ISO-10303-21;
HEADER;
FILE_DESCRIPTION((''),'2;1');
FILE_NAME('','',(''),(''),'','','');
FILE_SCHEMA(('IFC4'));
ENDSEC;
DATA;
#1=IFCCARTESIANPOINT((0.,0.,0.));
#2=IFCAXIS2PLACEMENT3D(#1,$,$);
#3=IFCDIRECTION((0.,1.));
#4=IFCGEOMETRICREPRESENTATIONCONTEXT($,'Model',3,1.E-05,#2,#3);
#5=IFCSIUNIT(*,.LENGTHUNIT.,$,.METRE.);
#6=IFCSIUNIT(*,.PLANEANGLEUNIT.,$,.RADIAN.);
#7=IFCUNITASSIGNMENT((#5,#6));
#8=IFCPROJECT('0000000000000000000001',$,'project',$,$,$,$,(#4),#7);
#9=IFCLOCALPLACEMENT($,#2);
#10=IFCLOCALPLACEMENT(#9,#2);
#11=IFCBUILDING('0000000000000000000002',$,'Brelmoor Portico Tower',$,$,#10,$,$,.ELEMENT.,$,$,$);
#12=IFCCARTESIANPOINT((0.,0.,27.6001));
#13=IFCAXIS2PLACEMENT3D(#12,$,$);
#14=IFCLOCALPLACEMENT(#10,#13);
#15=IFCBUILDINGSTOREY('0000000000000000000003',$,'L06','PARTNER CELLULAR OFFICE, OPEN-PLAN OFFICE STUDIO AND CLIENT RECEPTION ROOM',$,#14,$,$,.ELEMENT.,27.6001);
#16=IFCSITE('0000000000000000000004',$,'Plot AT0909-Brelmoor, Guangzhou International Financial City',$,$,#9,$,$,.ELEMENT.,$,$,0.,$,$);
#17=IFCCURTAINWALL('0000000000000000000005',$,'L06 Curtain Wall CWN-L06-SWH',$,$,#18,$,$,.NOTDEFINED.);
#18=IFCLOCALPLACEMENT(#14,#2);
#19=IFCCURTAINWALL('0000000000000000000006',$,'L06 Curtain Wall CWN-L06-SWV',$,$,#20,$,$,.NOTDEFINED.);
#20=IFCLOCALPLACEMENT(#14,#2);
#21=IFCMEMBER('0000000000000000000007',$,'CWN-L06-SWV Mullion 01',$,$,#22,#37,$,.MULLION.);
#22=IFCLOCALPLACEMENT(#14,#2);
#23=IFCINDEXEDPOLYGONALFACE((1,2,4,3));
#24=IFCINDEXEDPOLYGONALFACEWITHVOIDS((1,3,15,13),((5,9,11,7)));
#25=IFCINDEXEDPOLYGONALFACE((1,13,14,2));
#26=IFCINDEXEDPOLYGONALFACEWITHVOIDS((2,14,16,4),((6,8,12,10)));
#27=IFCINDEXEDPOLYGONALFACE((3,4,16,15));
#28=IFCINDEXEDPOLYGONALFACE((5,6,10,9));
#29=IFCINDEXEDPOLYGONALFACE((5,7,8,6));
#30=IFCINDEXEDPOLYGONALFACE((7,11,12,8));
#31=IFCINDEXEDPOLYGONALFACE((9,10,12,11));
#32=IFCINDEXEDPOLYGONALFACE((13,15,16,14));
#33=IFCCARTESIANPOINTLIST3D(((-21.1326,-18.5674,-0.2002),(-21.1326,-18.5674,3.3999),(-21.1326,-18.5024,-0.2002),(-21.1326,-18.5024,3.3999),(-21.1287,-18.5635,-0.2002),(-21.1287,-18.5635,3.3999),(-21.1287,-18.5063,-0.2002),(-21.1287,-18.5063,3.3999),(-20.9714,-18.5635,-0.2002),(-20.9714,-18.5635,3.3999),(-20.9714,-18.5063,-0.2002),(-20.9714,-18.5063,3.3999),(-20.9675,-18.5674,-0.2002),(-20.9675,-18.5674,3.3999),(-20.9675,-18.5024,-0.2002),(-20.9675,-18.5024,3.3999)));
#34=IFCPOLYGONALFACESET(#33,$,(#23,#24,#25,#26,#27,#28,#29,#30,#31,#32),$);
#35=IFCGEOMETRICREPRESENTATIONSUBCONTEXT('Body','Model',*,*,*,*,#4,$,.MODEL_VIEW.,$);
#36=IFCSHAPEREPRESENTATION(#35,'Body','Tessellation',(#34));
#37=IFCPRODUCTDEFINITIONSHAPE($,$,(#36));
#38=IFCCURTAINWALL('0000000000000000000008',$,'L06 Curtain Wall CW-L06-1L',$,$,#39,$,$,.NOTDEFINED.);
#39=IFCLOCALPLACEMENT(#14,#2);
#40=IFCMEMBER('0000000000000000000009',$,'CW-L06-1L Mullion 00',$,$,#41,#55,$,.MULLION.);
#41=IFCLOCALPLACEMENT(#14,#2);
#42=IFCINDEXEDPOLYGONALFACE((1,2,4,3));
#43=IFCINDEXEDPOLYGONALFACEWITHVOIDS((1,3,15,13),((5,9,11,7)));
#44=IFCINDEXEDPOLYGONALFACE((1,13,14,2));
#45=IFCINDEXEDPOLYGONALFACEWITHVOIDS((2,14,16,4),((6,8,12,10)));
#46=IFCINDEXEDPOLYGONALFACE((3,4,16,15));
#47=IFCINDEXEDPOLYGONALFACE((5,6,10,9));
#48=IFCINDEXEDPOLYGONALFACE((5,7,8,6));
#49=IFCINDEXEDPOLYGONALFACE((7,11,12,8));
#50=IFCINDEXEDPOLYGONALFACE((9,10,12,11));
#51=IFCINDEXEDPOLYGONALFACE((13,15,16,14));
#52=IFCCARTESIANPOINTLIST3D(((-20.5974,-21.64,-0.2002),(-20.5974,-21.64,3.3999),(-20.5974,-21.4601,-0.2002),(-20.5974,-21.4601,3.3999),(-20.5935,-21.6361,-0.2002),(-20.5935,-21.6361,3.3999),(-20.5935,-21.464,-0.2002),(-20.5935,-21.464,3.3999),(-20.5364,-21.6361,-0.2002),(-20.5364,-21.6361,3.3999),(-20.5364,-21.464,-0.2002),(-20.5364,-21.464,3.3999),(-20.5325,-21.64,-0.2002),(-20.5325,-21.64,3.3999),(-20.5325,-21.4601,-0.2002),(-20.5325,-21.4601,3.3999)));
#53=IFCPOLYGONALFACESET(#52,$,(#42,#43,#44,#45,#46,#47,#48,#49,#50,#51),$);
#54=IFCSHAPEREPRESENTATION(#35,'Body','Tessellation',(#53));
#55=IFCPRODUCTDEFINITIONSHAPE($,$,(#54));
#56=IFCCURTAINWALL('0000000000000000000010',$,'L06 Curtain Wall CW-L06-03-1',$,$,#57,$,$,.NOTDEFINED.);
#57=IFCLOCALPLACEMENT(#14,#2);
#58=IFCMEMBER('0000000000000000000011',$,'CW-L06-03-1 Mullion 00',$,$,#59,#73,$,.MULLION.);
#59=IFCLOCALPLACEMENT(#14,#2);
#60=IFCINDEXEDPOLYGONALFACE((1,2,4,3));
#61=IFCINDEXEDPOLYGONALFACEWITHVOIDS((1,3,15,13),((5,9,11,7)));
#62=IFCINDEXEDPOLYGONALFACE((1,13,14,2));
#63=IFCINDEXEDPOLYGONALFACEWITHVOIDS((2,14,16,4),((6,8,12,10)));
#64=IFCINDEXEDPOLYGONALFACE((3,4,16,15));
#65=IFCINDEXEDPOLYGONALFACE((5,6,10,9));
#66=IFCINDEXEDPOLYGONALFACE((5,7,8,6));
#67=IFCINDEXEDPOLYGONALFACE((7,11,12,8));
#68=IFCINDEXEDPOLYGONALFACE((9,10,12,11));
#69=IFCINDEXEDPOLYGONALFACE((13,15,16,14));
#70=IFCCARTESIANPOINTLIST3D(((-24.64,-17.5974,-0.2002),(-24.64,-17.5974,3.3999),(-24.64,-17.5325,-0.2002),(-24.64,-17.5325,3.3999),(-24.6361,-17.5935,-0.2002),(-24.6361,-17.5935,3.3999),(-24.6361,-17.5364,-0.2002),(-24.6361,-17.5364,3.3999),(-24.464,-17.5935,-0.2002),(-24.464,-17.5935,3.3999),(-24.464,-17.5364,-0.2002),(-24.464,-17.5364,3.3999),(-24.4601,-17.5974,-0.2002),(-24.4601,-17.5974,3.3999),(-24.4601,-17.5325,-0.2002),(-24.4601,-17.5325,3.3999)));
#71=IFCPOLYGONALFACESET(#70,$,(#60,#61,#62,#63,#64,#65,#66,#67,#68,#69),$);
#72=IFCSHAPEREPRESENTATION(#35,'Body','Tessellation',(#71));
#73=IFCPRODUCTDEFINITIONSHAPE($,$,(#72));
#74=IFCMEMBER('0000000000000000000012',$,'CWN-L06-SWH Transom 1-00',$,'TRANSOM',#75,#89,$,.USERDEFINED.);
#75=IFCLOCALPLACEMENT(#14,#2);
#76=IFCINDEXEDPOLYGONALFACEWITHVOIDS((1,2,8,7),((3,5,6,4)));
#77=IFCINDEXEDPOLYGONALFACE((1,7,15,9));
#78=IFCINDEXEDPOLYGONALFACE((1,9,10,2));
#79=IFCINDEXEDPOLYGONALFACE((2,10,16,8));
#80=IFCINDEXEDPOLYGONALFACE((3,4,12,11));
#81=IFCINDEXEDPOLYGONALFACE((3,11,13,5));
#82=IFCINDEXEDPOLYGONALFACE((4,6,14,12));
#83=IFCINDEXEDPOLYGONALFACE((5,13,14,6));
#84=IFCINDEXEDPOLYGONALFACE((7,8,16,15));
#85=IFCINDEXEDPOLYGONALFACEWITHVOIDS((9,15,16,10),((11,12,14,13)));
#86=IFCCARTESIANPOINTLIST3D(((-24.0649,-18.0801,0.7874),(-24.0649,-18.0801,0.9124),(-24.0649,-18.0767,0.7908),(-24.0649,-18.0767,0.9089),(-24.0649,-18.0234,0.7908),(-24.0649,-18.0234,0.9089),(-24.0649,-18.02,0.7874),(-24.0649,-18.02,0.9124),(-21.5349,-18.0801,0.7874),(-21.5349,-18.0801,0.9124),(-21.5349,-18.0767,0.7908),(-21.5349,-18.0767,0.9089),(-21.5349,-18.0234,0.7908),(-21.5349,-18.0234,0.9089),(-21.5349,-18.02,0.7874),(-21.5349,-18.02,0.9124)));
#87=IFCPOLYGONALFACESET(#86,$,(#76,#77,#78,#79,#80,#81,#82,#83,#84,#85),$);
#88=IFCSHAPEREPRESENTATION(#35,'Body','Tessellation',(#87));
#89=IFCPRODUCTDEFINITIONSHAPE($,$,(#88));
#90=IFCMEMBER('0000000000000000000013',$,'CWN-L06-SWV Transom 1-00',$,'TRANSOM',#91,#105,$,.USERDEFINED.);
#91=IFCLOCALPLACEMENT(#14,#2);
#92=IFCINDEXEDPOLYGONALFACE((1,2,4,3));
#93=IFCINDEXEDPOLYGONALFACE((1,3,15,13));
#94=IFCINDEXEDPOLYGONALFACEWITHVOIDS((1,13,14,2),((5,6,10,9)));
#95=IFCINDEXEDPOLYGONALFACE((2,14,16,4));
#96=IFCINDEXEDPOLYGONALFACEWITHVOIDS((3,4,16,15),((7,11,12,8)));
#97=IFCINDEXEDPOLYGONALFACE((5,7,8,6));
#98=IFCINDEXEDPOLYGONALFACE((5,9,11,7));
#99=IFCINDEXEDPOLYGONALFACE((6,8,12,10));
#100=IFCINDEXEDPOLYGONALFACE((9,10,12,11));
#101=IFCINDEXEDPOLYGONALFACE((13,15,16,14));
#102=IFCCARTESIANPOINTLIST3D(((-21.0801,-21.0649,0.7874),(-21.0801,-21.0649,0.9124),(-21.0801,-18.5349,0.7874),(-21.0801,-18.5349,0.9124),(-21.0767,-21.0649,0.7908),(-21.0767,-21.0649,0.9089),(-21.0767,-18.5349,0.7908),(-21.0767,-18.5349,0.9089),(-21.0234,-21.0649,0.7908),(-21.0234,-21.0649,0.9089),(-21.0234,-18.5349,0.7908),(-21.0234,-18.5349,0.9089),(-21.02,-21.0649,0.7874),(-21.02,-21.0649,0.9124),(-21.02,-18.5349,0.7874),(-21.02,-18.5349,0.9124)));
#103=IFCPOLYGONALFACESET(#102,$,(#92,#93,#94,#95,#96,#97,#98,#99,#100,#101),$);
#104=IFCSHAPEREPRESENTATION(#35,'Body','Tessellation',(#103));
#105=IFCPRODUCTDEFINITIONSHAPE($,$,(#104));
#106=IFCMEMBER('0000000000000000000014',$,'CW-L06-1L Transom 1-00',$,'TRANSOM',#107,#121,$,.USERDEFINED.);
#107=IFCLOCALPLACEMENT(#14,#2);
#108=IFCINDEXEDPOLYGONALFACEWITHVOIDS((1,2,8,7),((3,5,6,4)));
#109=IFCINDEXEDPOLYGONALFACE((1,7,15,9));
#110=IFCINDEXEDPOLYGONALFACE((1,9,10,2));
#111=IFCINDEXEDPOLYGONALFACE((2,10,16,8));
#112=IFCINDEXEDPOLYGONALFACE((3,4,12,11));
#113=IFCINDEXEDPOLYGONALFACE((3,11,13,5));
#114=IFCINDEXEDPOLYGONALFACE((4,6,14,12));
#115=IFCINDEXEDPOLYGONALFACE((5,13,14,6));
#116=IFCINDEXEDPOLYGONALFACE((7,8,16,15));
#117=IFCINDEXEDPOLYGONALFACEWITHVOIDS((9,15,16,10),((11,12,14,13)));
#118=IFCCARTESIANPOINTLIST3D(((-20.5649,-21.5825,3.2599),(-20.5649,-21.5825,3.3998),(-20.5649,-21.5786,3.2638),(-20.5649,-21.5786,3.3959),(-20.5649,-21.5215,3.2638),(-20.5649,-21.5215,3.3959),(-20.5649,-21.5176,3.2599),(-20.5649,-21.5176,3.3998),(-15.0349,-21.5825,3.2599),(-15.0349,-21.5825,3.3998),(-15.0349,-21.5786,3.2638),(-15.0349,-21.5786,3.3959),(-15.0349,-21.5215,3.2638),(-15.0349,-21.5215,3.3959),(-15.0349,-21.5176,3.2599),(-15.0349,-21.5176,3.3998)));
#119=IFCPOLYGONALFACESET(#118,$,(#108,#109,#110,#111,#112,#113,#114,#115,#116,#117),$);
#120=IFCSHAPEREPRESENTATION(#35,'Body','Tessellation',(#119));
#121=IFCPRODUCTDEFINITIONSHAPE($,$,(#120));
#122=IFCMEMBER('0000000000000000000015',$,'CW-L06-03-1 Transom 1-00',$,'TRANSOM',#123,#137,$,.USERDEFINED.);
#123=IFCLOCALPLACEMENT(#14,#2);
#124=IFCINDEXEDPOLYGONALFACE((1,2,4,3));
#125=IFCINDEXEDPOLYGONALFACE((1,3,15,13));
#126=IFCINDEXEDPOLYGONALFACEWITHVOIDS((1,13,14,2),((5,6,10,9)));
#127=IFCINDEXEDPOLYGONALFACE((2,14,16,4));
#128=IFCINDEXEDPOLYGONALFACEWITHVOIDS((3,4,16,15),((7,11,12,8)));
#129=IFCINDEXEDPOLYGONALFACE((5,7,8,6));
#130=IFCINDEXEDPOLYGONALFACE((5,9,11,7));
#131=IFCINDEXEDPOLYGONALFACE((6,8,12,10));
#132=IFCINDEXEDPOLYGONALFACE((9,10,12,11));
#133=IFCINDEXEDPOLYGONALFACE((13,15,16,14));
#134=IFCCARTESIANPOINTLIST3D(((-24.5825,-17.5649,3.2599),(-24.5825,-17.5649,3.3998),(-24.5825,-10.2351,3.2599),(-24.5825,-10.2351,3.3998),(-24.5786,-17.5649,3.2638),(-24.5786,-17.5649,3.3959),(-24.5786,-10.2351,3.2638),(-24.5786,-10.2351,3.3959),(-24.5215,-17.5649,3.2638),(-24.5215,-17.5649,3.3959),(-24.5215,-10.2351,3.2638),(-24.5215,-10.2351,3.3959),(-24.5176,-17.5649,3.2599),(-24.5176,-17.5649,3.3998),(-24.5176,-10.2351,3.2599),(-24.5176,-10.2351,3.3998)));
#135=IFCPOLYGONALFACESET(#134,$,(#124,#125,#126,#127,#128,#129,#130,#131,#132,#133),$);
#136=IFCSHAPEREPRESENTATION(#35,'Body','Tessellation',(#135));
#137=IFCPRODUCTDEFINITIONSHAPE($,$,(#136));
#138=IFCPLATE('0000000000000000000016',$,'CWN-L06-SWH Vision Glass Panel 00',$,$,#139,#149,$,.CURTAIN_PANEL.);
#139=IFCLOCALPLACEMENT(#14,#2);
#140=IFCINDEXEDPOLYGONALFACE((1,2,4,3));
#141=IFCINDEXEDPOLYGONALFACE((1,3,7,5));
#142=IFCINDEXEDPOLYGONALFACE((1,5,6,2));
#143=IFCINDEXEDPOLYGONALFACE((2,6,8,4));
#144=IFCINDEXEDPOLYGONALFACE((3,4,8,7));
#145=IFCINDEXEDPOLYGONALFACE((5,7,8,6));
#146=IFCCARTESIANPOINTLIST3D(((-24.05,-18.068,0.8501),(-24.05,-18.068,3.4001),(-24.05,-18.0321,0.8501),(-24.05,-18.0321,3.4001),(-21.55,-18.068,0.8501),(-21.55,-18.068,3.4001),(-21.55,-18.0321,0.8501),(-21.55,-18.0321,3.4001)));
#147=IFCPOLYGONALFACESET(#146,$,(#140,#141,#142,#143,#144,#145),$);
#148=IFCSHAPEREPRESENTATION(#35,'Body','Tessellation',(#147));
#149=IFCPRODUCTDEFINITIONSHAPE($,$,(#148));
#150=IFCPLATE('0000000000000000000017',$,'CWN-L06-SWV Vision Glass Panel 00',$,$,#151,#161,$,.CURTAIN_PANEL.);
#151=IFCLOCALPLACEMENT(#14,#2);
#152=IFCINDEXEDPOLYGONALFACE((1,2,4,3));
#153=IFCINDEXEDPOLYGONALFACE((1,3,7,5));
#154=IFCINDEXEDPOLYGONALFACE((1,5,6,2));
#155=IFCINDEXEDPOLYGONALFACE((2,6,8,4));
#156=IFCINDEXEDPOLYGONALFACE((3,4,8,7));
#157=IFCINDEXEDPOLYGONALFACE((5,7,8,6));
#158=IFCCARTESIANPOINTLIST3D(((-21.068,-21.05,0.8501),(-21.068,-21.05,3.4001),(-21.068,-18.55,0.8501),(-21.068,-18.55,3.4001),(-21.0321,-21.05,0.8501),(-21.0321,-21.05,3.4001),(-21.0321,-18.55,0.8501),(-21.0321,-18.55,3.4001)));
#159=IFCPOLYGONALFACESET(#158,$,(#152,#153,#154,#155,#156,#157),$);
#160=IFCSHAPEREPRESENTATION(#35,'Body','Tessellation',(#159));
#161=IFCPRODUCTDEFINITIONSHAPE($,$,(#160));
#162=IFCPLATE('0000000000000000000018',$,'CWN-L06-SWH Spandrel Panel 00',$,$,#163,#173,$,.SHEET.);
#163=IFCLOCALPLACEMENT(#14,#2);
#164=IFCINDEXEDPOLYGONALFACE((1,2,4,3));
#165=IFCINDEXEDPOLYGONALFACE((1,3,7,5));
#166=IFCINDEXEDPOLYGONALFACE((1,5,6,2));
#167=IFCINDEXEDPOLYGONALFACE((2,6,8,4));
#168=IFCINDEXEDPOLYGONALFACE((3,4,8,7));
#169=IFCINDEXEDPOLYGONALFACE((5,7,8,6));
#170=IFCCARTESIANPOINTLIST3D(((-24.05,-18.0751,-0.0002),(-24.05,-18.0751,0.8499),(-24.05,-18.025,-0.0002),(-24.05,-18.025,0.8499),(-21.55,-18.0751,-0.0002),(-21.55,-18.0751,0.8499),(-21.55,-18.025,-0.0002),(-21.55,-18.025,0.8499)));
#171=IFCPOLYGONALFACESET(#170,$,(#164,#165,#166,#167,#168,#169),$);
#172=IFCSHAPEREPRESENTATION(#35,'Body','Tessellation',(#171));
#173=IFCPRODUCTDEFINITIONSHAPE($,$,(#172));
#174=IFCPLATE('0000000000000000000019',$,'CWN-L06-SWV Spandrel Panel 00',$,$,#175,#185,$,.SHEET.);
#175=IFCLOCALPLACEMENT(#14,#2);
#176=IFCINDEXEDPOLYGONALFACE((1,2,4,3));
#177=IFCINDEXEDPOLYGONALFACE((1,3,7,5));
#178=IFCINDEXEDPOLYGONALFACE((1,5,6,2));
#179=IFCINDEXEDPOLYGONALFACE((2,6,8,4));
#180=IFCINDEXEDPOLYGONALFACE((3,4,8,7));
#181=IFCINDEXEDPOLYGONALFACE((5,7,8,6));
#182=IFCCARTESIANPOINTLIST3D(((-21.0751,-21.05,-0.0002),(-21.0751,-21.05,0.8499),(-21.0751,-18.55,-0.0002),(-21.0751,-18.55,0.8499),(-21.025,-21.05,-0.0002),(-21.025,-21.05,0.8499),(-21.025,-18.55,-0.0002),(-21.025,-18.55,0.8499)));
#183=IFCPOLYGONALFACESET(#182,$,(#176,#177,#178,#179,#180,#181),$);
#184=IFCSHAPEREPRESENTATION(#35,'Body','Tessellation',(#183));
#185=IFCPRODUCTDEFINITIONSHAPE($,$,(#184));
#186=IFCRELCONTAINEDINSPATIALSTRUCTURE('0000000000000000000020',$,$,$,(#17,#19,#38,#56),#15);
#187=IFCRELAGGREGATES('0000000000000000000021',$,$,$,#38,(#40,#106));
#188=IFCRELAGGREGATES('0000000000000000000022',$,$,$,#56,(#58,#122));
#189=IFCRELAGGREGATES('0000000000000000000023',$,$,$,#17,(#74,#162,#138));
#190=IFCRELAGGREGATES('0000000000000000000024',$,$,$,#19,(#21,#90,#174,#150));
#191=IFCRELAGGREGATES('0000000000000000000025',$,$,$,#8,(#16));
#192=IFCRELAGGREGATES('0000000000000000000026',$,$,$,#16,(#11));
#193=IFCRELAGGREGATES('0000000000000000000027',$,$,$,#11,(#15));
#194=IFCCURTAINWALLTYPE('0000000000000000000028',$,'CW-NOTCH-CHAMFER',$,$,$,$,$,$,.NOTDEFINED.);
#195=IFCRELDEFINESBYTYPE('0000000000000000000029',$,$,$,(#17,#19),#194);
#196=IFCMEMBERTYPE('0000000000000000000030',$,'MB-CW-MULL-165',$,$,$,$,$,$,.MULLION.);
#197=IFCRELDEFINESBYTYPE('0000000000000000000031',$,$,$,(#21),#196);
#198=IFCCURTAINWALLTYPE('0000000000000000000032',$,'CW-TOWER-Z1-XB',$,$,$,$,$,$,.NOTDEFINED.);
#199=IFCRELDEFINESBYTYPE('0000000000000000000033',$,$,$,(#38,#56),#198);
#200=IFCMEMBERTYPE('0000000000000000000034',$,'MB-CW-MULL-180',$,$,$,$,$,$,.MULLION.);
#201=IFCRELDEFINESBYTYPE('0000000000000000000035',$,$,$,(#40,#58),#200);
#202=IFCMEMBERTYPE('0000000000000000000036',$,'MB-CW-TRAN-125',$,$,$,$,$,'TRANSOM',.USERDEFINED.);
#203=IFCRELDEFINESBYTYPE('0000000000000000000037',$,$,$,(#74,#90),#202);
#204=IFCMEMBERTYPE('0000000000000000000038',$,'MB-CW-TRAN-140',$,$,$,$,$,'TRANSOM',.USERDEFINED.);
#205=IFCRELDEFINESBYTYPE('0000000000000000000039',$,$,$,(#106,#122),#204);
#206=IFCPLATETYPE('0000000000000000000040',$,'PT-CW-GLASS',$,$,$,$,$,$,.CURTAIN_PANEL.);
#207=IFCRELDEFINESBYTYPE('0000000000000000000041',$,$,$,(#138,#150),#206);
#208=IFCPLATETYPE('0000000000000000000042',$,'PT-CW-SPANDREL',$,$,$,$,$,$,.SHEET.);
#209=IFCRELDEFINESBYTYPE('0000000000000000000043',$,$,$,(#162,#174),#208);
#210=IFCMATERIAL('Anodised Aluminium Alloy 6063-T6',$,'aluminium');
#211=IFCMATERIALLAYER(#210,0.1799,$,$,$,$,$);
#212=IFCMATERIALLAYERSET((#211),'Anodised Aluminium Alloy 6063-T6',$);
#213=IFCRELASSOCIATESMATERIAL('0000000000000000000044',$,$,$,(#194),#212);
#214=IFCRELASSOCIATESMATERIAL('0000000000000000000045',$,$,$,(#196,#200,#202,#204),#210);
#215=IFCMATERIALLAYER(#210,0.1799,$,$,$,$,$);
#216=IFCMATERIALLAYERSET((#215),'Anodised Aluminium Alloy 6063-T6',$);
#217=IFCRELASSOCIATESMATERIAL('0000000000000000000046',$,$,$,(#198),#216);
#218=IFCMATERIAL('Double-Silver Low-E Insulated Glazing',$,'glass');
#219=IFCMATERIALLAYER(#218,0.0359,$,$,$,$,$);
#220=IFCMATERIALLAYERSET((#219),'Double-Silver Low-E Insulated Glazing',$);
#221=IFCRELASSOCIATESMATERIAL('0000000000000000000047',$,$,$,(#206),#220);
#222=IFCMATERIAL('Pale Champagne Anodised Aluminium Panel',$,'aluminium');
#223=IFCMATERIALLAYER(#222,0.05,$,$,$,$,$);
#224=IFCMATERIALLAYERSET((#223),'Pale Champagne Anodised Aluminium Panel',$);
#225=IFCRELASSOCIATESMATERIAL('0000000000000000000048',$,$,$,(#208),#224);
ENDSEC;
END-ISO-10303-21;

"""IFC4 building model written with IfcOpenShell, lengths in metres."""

from ifc_helpers import new_model, si_unit, direction, frame, origin, origin_2d, place, context, subcontext, project, spatial, rectangle, hollow_rectangle, extrude, material, layer, layer_set, material_profile, profile_set, type_object, element, aggregate, save


model = new_model("IFC4")

# Units and contexts
model_context = context("Model", 3, precision=1e-05, world=origin(), true_north=direction((0.0, 1.0)))
body_context = subcontext(model_context, "Body", "Model", "MODEL_VIEW")
ifc_project = project(units=[si_unit("LENGTHUNIT", "METRE"), si_unit("PLANEANGLEUNIT", "RADIAN")], contexts=[model_context])

# Site, building, storey
site_placement = place(None, origin())
site = spatial("IfcSite", under=ifc_project, at=site_placement, Name="Plot AT0909-Brelmoor, Guangzhou International Financial City", CompositionType="ELEMENT", RefElevation=0.0)
building_placement = place(site_placement, origin())
building = spatial("IfcBuilding", under=site, at=building_placement, Name="Brelmoor Portico Tower", CompositionType="ELEMENT")
storey_placement = place(building_placement, frame((0.0, 0.0, 27.6001)))
storey = spatial("IfcBuildingStorey", under=building, at=storey_placement, Name="L06", Description="PARTNER CELLULAR OFFICE, OPEN-PLAN OFFICE STUDIO AND CLIENT RECEPTION ROOM", CompositionType="ELEMENT", Elevation=27.6001)

# Curtain walls, member
ifc_material_1 = material(Name="Anodised Aluminium Alloy 6063-T6", Category="aluminium")
ifc_layer_1 = layer(ifc_material_1, 0.1799)
ifc_layer_set_1 = layer_set([ifc_layer_1], Name="Anodised Aluminium Alloy 6063-T6")
curtain_wall_type_1 = type_object("IfcCurtainWallType", Name="CW-NOTCH-CHAMFER", PredefinedType="NOTDEFINED", material=ifc_layer_set_1)
curtain_wall_1_placement = place(storey_placement, origin())
curtain_wall_1 = element("IfcCurtainWall", 1, at=curtain_wall_1_placement, inside=storey, type_object=curtain_wall_type_1, Name="L06 Curtain Wall CWN-L06-SWH", PredefinedType="NOTDEFINED")
ifc_material_profile_1 = material_profile(ifc_material_1, hollow_rectangle(XDim=0.0649, YDim=0.165, WallThickness=0.0039, at=origin_2d()), Name="ALU MULLION 65x165")
ifc_profile_set_1 = profile_set([ifc_material_profile_1], Name="Anodised Aluminium Alloy 6063-T6")
member_type_1 = type_object("IfcMemberType", Name="MB-CW-MULL-165", PredefinedType="MULLION", material=ifc_profile_set_1)
curtain_wall_2_placement = place(storey_placement, origin())
curtain_wall_2 = element("IfcCurtainWall", 2, at=curtain_wall_2_placement, inside=storey, type_object=curtain_wall_type_1, Name="L06 Curtain Wall CWN-L06-SWV", PredefinedType="NOTDEFINED")
member_1_placement = place(storey_placement, frame((-21.05, -18.5349, -0.2002), z_axis=(0.0, 0.0, 1.0), x_axis=(0.0, 1.0, 0.0)))
member_1 = element("IfcMember", 3, at=member_1_placement, type_object=member_type_1, Name="CWN-L06-SWV Mullion 01", PredefinedType="MULLION", context=body_context, shape_type="SweptSolid", body=[
    extrude(hollow_rectangle(XDim=0.0649, YDim=0.165, WallThickness=0.0039, at=origin_2d()), origin(), (0.0, 0.0, 1.0), 3.6001),
])

# Curtain walls, members
ifc_layer_2 = layer(ifc_material_1, 0.1799)
ifc_layer_set_2 = layer_set([ifc_layer_2], Name="Anodised Aluminium Alloy 6063-T6")
curtain_wall_type_2 = type_object("IfcCurtainWallType", Name="CW-TOWER-Z1-XB", PredefinedType="NOTDEFINED", material=ifc_layer_set_2)
curtain_wall_3_placement = place(storey_placement, origin())
curtain_wall_3 = element("IfcCurtainWall", 4, at=curtain_wall_3_placement, inside=storey, type_object=curtain_wall_type_2, Name="L06 Curtain Wall CW-L06-1L", PredefinedType="NOTDEFINED")
ifc_material_profile_2 = material_profile(ifc_material_1, hollow_rectangle(XDim=0.0649, YDim=0.1799, WallThickness=0.0039, at=origin_2d()), Name="ALU MULLION 65x180")
ifc_profile_set_2 = profile_set([ifc_material_profile_2], Name="Anodised Aluminium Alloy 6063-T6")
member_type_2 = type_object("IfcMemberType", Name="MB-CW-MULL-180", PredefinedType="MULLION", material=ifc_profile_set_2)
member_2_placement = place(storey_placement, frame((-20.5649, -21.55, -0.2002), z_axis=(0.0, 0.0, 1.0), x_axis=(1.0, 0.0, 0.0)))
member_2 = element("IfcMember", 5, at=member_2_placement, type_object=member_type_2, Name="CW-L06-1L Mullion 00", PredefinedType="MULLION", context=body_context, shape_type="SweptSolid", body=[
    extrude(hollow_rectangle(XDim=0.0649, YDim=0.1799, WallThickness=0.0039, at=origin_2d()), origin(), (0.0, 0.0, 1.0), 3.6001),
])
curtain_wall_4_placement = place(storey_placement, origin())
curtain_wall_4 = element("IfcCurtainWall", 6, at=curtain_wall_4_placement, inside=storey, type_object=curtain_wall_type_2, Name="L06 Curtain Wall CW-L06-03-1", PredefinedType="NOTDEFINED")
member_3_placement = place(storey_placement, frame((-24.55, -17.5649, -0.2002), z_axis=(0.0, 0.0, 1.0), x_axis=(0.0, 1.0, 0.0)))
member_3 = element("IfcMember", 7, at=member_3_placement, type_object=member_type_2, Name="CW-L06-03-1 Mullion 00", PredefinedType="MULLION", context=body_context, shape_type="SweptSolid", body=[
    extrude(hollow_rectangle(XDim=0.0649, YDim=0.1799, WallThickness=0.0039, at=origin_2d()), origin(), (0.0, 0.0, 1.0), 3.6001),
])

# Members
ifc_material_profile_3 = material_profile(ifc_material_1, hollow_rectangle(XDim=0.0601, YDim=0.125, WallThickness=0.0034, at=origin_2d()), Name="ALU TRANSOM 60x125")
ifc_profile_set_3 = profile_set([ifc_material_profile_3], Name="Anodised Aluminium Alloy 6063-T6")
member_type_3 = type_object("IfcMemberType", Name="MB-CW-TRAN-125", ElementType="TRANSOM", PredefinedType="USERDEFINED", material=ifc_profile_set_3)
member_4_placement = place(storey_placement, frame((-24.0649, -18.05, 0.8499), z_axis=(1.0, 0.0, 0.0), x_axis=(0.0, 1.0, 0.0)))
member_4 = element("IfcMember", 8, at=member_4_placement, type_object=member_type_3, Name="CWN-L06-SWH Transom 1-00", ObjectType="TRANSOM", PredefinedType="USERDEFINED", context=body_context, shape_type="SweptSolid", body=[
    extrude(hollow_rectangle(XDim=0.0601, YDim=0.125, WallThickness=0.0034, at=origin_2d()), origin(), (0.0, 0.0, 1.0), 2.53),
])
member_5_placement = place(storey_placement, frame((-21.05, -21.0649, 0.8499), z_axis=(0.0, 1.0, 0.0), x_axis=(-1.0, 0.0, 0.0)))
member_5 = element("IfcMember", 9, at=member_5_placement, type_object=member_type_3, Name="CWN-L06-SWV Transom 1-00", ObjectType="TRANSOM", PredefinedType="USERDEFINED", context=body_context, shape_type="SweptSolid", body=[
    extrude(hollow_rectangle(XDim=0.0601, YDim=0.125, WallThickness=0.0034, at=origin_2d()), origin(), (0.0, 0.0, 1.0), 2.53),
])
ifc_material_profile_4 = material_profile(ifc_material_1, hollow_rectangle(XDim=0.0649, YDim=0.1399, WallThickness=0.0039, at=origin_2d()), Name="ALU TRANSOM 65x140")
ifc_profile_set_4 = profile_set([ifc_material_profile_4], Name="Anodised Aluminium Alloy 6063-T6")
member_type_4 = type_object("IfcMemberType", Name="MB-CW-TRAN-140", ElementType="TRANSOM", PredefinedType="USERDEFINED", material=ifc_profile_set_4)
member_6_placement = place(storey_placement, frame((-20.5649, -21.55, 3.3298), z_axis=(1.0, 0.0, 0.0), x_axis=(0.0, 1.0, 0.0)))
member_6 = element("IfcMember", 10, at=member_6_placement, type_object=member_type_4, Name="CW-L06-1L Transom 1-00", ObjectType="TRANSOM", PredefinedType="USERDEFINED", context=body_context, shape_type="SweptSolid", body=[
    extrude(hollow_rectangle(XDim=0.0649, YDim=0.1399, WallThickness=0.0039, at=origin_2d()), origin(), (0.0, 0.0, 1.0), 5.53),
])
aggregate(curtain_wall_3, [member_2, member_6])
member_7_placement = place(storey_placement, frame((-24.55, -17.5649, 3.3298), z_axis=(0.0, 1.0, 0.0), x_axis=(-1.0, 0.0, 0.0)))
member_7 = element("IfcMember", 11, at=member_7_placement, type_object=member_type_4, Name="CW-L06-03-1 Transom 1-00", ObjectType="TRANSOM", PredefinedType="USERDEFINED", context=body_context, shape_type="SweptSolid", body=[
    extrude(hollow_rectangle(XDim=0.0649, YDim=0.1399, WallThickness=0.0039, at=origin_2d()), origin(), (0.0, 0.0, 1.0), 7.3298),
])
aggregate(curtain_wall_4, [member_3, member_7])

# Plates
ifc_material_2 = material(Name="Double-Silver Low-E Insulated Glazing", Category="glass")
ifc_layer_3 = layer(ifc_material_2, 0.0359)
ifc_layer_set_3 = layer_set([ifc_layer_3], Name="Double-Silver Low-E Insulated Glazing")
plate_type_1 = type_object("IfcPlateType", Name="PT-CW-GLASS", PredefinedType="CURTAIN_PANEL", material=ifc_layer_set_3)
plate_1_placement = place(storey_placement, frame((-22.8, -18.05, 0.8501), z_axis=(0.0, 0.0, 1.0), x_axis=(1.0, 0.0, 0.0)))
plate_1 = element("IfcPlate", 12, at=plate_1_placement, type_object=plate_type_1, Name="CWN-L06-SWH Vision Glass Panel 00", PredefinedType="CURTAIN_PANEL", context=body_context, shape_type="SweptSolid", body=[
    extrude(rectangle(XDim=2.5, YDim=0.0359, at=origin_2d()), origin(), (0.0, 0.0, 1.0), 2.55),
])
plate_2_placement = place(storey_placement, frame((-21.05, -19.8, 0.8501), z_axis=(0.0, 0.0, 1.0), x_axis=(0.0, 1.0, 0.0)))
plate_2 = element("IfcPlate", 13, at=plate_2_placement, type_object=plate_type_1, Name="CWN-L06-SWV Vision Glass Panel 00", PredefinedType="CURTAIN_PANEL", context=body_context, shape_type="SweptSolid", body=[
    extrude(rectangle(XDim=2.5, YDim=0.0359, at=origin_2d()), origin(), (0.0, 0.0, 1.0), 2.55),
])
ifc_material_3 = material(Name="Pale Champagne Anodised Aluminium Panel", Category="aluminium")
ifc_layer_4 = layer(ifc_material_3, 0.05)
ifc_layer_set_4 = layer_set([ifc_layer_4], Name="Pale Champagne Anodised Aluminium Panel")
plate_type_2 = type_object("IfcPlateType", Name="PT-CW-SPANDREL", PredefinedType="SHEET", material=ifc_layer_set_4)
plate_3_placement = place(storey_placement, frame((-22.8, -18.05, -0.0002), z_axis=(0.0, 0.0, 1.0), x_axis=(1.0, 0.0, 0.0)))
plate_3 = element("IfcPlate", 14, at=plate_3_placement, type_object=plate_type_2, Name="CWN-L06-SWH Spandrel Panel 00", PredefinedType="SHEET", context=body_context, shape_type="SweptSolid", body=[
    extrude(rectangle(XDim=2.5, YDim=0.05, at=origin_2d()), origin(), (0.0, 0.0, 1.0), 0.8501),
])
aggregate(curtain_wall_1, [member_4, plate_3, plate_1])
plate_4_placement = place(storey_placement, frame((-21.05, -19.8, -0.0002), z_axis=(0.0, 0.0, 1.0), x_axis=(0.0, 1.0, 0.0)))
plate_4 = element("IfcPlate", 15, at=plate_4_placement, type_object=plate_type_2, Name="CWN-L06-SWV Spandrel Panel 00", PredefinedType="SHEET", context=body_context, shape_type="SweptSolid", body=[
    extrude(rectangle(XDim=2.5, YDim=0.05, at=origin_2d()), origin(), (0.0, 0.0, 1.0), 0.8501),
])
aggregate(curtain_wall_2, [member_1, member_5, plate_4, plate_2])

save(model, "model.ifc")
